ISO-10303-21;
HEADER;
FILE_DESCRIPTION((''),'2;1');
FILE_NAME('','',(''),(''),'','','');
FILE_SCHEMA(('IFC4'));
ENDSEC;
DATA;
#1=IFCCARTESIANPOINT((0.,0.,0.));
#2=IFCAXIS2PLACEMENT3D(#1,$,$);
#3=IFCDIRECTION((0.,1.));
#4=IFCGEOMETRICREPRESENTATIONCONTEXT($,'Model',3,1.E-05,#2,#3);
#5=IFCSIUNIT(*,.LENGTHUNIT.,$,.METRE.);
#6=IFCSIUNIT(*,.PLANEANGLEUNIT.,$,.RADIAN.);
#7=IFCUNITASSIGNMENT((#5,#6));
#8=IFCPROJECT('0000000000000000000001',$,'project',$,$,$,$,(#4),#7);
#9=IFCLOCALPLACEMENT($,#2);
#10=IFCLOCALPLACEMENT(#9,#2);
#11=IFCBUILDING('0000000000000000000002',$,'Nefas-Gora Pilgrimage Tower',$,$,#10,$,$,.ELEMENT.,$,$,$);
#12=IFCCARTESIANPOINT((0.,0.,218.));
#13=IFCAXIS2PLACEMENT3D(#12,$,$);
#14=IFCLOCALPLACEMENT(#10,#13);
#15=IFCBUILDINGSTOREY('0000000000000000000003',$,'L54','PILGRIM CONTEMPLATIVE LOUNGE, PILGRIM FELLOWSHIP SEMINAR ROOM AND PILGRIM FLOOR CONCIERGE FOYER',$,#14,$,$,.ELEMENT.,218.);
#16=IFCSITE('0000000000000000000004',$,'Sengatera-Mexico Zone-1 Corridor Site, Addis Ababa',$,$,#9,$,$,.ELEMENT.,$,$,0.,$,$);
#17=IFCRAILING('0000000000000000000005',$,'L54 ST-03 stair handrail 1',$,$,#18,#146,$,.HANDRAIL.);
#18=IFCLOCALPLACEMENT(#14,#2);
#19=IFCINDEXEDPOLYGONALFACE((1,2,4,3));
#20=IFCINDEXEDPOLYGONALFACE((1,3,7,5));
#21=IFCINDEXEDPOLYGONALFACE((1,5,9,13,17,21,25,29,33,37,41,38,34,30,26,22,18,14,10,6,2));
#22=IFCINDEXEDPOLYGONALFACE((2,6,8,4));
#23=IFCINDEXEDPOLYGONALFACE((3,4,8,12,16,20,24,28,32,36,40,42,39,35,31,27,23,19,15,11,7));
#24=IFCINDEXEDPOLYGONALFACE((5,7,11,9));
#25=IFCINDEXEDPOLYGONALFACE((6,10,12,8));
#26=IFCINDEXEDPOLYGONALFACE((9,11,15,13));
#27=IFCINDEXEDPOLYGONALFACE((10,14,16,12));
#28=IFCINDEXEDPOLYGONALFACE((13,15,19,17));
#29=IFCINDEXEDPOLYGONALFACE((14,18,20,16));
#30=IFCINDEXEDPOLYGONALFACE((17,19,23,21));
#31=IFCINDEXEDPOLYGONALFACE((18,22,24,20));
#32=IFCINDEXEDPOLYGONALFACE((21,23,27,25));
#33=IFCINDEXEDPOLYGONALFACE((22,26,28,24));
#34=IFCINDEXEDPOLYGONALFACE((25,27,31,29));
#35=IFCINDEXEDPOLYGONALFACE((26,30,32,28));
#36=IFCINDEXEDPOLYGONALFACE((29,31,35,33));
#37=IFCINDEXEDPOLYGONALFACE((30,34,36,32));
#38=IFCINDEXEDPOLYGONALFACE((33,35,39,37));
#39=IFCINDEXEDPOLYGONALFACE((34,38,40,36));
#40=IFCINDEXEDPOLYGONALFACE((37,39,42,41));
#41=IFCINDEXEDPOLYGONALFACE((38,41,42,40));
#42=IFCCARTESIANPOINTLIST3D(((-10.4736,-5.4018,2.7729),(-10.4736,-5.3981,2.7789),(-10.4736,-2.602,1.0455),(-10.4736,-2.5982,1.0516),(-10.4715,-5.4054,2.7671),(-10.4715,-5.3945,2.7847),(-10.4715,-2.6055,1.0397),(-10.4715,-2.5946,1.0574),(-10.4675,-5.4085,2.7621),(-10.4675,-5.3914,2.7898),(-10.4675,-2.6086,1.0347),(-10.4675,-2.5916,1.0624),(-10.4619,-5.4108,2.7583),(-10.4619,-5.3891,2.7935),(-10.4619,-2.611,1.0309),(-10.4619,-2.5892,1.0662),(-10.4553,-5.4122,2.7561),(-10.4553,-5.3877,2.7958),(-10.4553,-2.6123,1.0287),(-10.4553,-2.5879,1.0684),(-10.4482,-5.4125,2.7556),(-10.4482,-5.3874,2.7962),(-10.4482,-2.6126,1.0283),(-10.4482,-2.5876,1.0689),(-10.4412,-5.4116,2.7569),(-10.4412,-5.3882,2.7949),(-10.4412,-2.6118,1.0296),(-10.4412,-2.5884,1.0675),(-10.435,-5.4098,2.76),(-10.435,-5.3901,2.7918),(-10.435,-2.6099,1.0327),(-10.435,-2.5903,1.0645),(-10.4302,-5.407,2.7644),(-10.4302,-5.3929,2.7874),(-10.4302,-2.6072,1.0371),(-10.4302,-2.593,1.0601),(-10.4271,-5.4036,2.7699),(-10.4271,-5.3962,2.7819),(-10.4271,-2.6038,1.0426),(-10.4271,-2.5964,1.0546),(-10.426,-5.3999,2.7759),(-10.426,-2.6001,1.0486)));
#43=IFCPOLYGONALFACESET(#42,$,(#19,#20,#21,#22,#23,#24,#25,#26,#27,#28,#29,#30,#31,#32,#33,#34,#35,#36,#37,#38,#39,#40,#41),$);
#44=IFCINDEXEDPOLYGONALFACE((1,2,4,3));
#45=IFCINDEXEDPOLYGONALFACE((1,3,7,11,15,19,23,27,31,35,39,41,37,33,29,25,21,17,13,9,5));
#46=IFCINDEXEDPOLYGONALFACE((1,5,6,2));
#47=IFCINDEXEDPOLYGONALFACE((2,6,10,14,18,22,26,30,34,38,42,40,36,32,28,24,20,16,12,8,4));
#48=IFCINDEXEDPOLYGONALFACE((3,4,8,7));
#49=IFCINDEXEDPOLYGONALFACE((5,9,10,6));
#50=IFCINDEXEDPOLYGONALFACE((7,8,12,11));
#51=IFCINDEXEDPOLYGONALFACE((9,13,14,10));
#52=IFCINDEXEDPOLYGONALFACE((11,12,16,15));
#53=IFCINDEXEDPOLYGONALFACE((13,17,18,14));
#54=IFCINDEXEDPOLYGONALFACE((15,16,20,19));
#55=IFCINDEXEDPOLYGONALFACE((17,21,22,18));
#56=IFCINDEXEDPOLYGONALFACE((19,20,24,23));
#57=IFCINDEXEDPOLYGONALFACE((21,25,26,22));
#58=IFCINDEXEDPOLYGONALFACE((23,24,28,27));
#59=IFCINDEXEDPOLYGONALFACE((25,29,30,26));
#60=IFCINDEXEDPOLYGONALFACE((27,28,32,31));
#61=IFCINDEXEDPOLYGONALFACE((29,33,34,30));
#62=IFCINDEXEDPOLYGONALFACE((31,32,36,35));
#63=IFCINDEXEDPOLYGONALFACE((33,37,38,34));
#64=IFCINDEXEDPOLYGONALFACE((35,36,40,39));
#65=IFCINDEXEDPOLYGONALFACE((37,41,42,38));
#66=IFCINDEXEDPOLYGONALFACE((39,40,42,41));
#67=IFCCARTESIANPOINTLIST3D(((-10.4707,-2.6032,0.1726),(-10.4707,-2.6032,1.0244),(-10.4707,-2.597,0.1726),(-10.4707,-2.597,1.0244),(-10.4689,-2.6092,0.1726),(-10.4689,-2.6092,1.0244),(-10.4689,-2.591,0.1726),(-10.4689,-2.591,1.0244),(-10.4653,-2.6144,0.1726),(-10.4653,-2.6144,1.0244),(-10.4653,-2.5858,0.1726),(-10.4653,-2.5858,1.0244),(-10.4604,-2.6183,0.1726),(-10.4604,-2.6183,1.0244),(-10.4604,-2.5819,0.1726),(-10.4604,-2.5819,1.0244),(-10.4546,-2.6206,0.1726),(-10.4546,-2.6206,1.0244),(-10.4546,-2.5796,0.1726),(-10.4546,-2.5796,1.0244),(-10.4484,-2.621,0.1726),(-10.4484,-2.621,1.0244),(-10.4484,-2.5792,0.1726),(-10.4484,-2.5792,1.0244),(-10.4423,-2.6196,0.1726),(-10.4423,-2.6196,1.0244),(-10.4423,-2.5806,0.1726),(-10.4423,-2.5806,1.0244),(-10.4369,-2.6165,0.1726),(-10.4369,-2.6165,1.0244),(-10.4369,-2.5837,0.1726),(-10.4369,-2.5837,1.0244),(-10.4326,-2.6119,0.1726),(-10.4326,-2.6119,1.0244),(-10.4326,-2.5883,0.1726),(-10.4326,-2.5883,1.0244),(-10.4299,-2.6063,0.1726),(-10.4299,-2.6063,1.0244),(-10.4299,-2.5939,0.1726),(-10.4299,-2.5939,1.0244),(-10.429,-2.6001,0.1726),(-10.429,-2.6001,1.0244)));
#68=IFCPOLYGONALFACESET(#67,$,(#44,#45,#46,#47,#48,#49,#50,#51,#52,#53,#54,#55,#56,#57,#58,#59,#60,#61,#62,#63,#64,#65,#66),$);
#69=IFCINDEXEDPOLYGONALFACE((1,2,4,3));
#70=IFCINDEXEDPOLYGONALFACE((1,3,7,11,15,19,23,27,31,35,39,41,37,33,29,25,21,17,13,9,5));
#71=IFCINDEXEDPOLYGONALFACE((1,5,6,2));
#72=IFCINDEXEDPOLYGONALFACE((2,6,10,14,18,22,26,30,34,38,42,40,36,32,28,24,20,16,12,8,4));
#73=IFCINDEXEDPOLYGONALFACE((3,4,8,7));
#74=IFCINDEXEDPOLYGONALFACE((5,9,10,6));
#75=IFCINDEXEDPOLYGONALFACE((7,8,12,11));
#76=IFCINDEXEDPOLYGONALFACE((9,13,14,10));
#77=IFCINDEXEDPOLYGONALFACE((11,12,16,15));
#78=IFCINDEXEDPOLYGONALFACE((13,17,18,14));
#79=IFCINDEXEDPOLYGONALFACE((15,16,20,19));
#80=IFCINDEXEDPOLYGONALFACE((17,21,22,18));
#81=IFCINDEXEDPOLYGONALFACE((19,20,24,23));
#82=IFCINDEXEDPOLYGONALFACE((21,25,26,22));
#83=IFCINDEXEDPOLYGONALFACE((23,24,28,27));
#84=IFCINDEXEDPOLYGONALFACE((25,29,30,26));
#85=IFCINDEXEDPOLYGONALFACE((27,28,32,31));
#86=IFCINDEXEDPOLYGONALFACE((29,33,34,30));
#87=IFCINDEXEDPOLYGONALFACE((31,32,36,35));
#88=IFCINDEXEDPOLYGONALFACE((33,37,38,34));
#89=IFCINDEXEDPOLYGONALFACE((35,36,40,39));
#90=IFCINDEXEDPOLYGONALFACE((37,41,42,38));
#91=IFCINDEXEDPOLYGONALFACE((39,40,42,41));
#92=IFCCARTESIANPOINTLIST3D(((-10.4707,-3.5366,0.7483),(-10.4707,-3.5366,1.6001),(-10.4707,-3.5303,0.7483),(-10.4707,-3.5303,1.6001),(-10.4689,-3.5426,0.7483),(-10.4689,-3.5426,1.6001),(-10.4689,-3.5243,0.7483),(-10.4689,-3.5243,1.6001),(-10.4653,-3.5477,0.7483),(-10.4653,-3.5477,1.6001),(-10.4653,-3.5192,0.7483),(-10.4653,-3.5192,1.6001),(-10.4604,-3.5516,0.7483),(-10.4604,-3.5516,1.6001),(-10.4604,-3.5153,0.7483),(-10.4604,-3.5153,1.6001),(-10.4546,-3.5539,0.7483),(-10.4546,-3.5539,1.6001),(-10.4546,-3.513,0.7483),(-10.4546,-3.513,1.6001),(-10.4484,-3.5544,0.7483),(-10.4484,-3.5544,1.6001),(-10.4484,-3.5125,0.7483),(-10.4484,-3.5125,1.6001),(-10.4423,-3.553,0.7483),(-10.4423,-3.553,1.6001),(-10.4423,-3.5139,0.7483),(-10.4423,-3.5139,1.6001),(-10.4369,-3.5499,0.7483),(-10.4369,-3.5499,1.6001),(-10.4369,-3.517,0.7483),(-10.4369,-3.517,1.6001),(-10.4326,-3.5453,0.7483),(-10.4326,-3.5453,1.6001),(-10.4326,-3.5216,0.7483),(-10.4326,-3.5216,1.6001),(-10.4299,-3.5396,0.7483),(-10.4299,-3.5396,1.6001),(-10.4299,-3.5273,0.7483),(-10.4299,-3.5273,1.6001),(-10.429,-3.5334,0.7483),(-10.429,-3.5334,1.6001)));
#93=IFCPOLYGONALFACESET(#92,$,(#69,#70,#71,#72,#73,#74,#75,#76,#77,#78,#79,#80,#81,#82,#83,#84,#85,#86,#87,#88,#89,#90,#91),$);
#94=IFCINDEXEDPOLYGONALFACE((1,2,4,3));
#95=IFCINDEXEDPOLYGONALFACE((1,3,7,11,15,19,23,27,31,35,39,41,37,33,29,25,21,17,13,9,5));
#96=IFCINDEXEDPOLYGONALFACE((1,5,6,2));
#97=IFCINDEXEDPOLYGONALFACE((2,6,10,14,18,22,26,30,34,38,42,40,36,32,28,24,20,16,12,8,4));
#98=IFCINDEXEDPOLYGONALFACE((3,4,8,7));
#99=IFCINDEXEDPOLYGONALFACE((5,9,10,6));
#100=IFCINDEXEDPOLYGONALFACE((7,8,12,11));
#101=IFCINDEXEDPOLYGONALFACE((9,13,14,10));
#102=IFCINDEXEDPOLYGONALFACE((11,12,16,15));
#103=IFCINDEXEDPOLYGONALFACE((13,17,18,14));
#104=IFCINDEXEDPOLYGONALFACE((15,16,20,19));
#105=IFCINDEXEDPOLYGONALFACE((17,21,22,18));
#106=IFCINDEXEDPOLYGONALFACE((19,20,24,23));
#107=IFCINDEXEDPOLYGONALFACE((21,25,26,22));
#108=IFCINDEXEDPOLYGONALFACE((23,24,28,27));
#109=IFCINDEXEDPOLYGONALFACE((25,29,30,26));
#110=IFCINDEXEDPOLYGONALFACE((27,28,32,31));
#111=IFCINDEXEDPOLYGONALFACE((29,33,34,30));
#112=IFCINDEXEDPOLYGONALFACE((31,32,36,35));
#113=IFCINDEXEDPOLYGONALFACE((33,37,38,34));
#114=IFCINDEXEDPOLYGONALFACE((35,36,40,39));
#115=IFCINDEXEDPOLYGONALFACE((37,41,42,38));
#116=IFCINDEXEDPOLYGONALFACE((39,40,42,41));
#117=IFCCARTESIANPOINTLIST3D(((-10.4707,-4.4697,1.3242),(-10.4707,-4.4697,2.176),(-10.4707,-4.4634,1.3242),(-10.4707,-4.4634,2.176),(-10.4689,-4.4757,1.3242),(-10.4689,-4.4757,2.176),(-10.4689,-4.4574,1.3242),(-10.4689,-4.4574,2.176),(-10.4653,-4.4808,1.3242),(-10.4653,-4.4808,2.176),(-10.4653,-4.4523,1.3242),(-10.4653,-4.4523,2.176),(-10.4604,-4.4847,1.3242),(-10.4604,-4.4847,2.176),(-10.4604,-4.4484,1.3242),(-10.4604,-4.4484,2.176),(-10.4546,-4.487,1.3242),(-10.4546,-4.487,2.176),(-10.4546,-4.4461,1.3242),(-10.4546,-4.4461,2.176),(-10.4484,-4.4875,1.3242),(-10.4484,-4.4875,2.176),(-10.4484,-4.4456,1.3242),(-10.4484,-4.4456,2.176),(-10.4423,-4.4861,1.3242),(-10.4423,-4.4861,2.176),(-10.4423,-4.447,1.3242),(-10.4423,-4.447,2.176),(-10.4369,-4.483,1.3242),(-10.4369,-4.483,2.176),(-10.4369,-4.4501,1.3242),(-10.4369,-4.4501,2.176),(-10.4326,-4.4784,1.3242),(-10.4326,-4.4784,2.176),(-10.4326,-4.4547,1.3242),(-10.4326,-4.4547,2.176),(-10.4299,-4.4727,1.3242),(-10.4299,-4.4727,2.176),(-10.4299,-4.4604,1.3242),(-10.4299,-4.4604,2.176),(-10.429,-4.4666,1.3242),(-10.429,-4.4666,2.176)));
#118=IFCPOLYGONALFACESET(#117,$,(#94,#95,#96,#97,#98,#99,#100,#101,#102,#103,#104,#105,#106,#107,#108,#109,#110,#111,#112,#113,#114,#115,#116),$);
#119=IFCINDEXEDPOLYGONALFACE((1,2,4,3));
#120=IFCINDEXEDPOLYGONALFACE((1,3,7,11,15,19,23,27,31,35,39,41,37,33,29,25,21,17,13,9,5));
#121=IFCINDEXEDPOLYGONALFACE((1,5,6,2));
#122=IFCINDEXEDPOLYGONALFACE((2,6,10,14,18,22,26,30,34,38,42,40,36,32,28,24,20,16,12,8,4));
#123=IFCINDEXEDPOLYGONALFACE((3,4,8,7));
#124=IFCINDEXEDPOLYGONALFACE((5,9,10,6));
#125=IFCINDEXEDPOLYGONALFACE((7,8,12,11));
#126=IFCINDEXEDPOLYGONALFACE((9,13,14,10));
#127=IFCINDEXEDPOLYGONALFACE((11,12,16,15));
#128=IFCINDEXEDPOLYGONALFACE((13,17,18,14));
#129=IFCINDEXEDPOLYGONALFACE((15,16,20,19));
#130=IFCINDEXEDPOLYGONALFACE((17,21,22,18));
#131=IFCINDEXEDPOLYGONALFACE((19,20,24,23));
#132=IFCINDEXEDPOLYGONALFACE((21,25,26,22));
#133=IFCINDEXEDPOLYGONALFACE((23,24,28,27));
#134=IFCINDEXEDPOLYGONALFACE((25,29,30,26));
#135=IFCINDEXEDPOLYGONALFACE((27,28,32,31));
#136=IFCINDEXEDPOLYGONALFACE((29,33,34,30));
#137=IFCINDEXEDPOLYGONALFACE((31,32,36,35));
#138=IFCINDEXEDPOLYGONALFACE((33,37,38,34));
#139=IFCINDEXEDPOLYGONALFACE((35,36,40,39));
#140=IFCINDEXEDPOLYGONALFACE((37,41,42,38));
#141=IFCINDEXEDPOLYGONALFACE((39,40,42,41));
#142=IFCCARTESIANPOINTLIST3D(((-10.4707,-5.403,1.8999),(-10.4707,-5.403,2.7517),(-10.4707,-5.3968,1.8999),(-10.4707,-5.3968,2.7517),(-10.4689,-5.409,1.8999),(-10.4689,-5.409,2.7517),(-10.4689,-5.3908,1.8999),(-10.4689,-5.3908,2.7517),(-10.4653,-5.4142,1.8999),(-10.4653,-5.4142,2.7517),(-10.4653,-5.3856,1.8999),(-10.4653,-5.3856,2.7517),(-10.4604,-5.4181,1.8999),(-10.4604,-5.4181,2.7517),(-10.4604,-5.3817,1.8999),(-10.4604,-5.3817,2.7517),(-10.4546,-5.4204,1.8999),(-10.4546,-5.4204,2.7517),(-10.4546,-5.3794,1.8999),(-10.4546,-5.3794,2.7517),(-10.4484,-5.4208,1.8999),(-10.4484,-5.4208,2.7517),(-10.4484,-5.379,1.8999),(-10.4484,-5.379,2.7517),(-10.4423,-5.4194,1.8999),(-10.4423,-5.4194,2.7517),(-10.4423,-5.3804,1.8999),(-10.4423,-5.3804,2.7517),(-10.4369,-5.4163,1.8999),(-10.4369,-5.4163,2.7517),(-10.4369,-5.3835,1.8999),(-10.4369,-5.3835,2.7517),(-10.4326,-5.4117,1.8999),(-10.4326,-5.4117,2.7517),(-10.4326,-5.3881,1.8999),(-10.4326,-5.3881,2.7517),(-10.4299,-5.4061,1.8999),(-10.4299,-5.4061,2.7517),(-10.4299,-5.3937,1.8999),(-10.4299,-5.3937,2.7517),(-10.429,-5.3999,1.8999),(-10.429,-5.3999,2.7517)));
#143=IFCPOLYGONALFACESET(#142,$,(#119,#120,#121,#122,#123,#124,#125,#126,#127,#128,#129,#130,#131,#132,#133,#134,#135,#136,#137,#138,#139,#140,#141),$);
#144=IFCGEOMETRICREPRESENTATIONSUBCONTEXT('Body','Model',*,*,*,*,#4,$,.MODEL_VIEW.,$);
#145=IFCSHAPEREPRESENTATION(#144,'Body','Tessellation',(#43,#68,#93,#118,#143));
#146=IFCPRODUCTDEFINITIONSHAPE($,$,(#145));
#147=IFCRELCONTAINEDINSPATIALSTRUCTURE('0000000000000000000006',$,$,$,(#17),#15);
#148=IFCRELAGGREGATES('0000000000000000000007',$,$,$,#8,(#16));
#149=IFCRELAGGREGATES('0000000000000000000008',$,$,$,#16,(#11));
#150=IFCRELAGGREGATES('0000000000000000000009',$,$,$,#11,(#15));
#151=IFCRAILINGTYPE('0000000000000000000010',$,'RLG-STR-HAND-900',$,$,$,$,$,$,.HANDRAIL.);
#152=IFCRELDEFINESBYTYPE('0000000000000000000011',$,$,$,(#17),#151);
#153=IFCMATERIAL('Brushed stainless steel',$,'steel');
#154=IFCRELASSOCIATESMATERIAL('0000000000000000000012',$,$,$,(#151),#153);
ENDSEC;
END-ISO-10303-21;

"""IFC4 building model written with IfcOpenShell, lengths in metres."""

from ifc_helpers import new_model, si_unit, direction, frame, origin, origin_2d, place, context, subcontext, project, spatial, circle, extrude, material, type_object, element, save


model = new_model("IFC4")

# Units and contexts
model_context = context("Model", 3, precision=1e-05, world=origin(), true_north=direction((0.0, 1.0)))
body_context = subcontext(model_context, "Body", "Model", "MODEL_VIEW")
ifc_project = project(units=[si_unit("LENGTHUNIT", "METRE"), si_unit("PLANEANGLEUNIT", "RADIAN")], contexts=[model_context])

# Site, building, storey
site_placement = place(None, origin())
site = spatial("IfcSite", under=ifc_project, at=site_placement, Name="Sengatera-Mexico Zone-1 Corridor Site, Addis Ababa", CompositionType="ELEMENT", RefElevation=0.0)
building_placement = place(site_placement, origin())
building = spatial("IfcBuilding", under=site, at=building_placement, Name="Nefas-Gora Pilgrimage Tower", CompositionType="ELEMENT")
storey_placement = place(building_placement, frame((0.0, 0.0, 218.0)))
storey = spatial("IfcBuildingStorey", under=building, at=storey_placement, Name="L54", Description="PILGRIM CONTEMPLATIVE LOUNGE, PILGRIM FELLOWSHIP SEMINAR ROOM AND PILGRIM FLOOR CONCIERGE FOYER", CompositionType="ELEMENT", Elevation=218.0)

# Railing
ifc_material_1 = material(Name="Brushed stainless steel", Category="steel")
railing_type_1 = type_object("IfcRailingType", Name="RLG-STR-HAND-900", PredefinedType="HANDRAIL", material=ifc_material_1)
railing_1_placement = place(storey_placement, frame((-10.45, -2.6001, 0.1726)))
element("IfcRailing", 1, at=railing_1_placement, inside=storey, type_object=railing_type_1, Name="L54 ST-03 stair handrail 1", PredefinedType="HANDRAIL", context=body_context, shape_type="SweptSolid", body=[
    extrude(circle(Radius=0.0239, at=origin_2d()), frame((0.0, 0.0, 0.876), z_axis=(0.0, -0.851069, 0.525054), x_axis=(1.0, 0.0, 0.0)), (0.0, 0.0, 1.0), 3.2898),
    extrude(circle(Radius=0.021, at=origin_2d()), origin(), (0.0, 0.0, 1.0), 0.8518),
    extrude(circle(Radius=0.021, at=origin_2d()), frame((0.0, -0.9333, 0.5757)), (0.0, 0.0, 1.0), 0.8518),
    extrude(circle(Radius=0.021, at=origin_2d()), frame((0.0, -1.8665, 1.1516)), (0.0, 0.0, 1.0), 0.8518),
    extrude(circle(Radius=0.021, at=origin_2d()), frame((0.0, -2.7998, 1.7273)), (0.0, 0.0, 1.0), 0.8518),
])

save(model, "model.ifc")
